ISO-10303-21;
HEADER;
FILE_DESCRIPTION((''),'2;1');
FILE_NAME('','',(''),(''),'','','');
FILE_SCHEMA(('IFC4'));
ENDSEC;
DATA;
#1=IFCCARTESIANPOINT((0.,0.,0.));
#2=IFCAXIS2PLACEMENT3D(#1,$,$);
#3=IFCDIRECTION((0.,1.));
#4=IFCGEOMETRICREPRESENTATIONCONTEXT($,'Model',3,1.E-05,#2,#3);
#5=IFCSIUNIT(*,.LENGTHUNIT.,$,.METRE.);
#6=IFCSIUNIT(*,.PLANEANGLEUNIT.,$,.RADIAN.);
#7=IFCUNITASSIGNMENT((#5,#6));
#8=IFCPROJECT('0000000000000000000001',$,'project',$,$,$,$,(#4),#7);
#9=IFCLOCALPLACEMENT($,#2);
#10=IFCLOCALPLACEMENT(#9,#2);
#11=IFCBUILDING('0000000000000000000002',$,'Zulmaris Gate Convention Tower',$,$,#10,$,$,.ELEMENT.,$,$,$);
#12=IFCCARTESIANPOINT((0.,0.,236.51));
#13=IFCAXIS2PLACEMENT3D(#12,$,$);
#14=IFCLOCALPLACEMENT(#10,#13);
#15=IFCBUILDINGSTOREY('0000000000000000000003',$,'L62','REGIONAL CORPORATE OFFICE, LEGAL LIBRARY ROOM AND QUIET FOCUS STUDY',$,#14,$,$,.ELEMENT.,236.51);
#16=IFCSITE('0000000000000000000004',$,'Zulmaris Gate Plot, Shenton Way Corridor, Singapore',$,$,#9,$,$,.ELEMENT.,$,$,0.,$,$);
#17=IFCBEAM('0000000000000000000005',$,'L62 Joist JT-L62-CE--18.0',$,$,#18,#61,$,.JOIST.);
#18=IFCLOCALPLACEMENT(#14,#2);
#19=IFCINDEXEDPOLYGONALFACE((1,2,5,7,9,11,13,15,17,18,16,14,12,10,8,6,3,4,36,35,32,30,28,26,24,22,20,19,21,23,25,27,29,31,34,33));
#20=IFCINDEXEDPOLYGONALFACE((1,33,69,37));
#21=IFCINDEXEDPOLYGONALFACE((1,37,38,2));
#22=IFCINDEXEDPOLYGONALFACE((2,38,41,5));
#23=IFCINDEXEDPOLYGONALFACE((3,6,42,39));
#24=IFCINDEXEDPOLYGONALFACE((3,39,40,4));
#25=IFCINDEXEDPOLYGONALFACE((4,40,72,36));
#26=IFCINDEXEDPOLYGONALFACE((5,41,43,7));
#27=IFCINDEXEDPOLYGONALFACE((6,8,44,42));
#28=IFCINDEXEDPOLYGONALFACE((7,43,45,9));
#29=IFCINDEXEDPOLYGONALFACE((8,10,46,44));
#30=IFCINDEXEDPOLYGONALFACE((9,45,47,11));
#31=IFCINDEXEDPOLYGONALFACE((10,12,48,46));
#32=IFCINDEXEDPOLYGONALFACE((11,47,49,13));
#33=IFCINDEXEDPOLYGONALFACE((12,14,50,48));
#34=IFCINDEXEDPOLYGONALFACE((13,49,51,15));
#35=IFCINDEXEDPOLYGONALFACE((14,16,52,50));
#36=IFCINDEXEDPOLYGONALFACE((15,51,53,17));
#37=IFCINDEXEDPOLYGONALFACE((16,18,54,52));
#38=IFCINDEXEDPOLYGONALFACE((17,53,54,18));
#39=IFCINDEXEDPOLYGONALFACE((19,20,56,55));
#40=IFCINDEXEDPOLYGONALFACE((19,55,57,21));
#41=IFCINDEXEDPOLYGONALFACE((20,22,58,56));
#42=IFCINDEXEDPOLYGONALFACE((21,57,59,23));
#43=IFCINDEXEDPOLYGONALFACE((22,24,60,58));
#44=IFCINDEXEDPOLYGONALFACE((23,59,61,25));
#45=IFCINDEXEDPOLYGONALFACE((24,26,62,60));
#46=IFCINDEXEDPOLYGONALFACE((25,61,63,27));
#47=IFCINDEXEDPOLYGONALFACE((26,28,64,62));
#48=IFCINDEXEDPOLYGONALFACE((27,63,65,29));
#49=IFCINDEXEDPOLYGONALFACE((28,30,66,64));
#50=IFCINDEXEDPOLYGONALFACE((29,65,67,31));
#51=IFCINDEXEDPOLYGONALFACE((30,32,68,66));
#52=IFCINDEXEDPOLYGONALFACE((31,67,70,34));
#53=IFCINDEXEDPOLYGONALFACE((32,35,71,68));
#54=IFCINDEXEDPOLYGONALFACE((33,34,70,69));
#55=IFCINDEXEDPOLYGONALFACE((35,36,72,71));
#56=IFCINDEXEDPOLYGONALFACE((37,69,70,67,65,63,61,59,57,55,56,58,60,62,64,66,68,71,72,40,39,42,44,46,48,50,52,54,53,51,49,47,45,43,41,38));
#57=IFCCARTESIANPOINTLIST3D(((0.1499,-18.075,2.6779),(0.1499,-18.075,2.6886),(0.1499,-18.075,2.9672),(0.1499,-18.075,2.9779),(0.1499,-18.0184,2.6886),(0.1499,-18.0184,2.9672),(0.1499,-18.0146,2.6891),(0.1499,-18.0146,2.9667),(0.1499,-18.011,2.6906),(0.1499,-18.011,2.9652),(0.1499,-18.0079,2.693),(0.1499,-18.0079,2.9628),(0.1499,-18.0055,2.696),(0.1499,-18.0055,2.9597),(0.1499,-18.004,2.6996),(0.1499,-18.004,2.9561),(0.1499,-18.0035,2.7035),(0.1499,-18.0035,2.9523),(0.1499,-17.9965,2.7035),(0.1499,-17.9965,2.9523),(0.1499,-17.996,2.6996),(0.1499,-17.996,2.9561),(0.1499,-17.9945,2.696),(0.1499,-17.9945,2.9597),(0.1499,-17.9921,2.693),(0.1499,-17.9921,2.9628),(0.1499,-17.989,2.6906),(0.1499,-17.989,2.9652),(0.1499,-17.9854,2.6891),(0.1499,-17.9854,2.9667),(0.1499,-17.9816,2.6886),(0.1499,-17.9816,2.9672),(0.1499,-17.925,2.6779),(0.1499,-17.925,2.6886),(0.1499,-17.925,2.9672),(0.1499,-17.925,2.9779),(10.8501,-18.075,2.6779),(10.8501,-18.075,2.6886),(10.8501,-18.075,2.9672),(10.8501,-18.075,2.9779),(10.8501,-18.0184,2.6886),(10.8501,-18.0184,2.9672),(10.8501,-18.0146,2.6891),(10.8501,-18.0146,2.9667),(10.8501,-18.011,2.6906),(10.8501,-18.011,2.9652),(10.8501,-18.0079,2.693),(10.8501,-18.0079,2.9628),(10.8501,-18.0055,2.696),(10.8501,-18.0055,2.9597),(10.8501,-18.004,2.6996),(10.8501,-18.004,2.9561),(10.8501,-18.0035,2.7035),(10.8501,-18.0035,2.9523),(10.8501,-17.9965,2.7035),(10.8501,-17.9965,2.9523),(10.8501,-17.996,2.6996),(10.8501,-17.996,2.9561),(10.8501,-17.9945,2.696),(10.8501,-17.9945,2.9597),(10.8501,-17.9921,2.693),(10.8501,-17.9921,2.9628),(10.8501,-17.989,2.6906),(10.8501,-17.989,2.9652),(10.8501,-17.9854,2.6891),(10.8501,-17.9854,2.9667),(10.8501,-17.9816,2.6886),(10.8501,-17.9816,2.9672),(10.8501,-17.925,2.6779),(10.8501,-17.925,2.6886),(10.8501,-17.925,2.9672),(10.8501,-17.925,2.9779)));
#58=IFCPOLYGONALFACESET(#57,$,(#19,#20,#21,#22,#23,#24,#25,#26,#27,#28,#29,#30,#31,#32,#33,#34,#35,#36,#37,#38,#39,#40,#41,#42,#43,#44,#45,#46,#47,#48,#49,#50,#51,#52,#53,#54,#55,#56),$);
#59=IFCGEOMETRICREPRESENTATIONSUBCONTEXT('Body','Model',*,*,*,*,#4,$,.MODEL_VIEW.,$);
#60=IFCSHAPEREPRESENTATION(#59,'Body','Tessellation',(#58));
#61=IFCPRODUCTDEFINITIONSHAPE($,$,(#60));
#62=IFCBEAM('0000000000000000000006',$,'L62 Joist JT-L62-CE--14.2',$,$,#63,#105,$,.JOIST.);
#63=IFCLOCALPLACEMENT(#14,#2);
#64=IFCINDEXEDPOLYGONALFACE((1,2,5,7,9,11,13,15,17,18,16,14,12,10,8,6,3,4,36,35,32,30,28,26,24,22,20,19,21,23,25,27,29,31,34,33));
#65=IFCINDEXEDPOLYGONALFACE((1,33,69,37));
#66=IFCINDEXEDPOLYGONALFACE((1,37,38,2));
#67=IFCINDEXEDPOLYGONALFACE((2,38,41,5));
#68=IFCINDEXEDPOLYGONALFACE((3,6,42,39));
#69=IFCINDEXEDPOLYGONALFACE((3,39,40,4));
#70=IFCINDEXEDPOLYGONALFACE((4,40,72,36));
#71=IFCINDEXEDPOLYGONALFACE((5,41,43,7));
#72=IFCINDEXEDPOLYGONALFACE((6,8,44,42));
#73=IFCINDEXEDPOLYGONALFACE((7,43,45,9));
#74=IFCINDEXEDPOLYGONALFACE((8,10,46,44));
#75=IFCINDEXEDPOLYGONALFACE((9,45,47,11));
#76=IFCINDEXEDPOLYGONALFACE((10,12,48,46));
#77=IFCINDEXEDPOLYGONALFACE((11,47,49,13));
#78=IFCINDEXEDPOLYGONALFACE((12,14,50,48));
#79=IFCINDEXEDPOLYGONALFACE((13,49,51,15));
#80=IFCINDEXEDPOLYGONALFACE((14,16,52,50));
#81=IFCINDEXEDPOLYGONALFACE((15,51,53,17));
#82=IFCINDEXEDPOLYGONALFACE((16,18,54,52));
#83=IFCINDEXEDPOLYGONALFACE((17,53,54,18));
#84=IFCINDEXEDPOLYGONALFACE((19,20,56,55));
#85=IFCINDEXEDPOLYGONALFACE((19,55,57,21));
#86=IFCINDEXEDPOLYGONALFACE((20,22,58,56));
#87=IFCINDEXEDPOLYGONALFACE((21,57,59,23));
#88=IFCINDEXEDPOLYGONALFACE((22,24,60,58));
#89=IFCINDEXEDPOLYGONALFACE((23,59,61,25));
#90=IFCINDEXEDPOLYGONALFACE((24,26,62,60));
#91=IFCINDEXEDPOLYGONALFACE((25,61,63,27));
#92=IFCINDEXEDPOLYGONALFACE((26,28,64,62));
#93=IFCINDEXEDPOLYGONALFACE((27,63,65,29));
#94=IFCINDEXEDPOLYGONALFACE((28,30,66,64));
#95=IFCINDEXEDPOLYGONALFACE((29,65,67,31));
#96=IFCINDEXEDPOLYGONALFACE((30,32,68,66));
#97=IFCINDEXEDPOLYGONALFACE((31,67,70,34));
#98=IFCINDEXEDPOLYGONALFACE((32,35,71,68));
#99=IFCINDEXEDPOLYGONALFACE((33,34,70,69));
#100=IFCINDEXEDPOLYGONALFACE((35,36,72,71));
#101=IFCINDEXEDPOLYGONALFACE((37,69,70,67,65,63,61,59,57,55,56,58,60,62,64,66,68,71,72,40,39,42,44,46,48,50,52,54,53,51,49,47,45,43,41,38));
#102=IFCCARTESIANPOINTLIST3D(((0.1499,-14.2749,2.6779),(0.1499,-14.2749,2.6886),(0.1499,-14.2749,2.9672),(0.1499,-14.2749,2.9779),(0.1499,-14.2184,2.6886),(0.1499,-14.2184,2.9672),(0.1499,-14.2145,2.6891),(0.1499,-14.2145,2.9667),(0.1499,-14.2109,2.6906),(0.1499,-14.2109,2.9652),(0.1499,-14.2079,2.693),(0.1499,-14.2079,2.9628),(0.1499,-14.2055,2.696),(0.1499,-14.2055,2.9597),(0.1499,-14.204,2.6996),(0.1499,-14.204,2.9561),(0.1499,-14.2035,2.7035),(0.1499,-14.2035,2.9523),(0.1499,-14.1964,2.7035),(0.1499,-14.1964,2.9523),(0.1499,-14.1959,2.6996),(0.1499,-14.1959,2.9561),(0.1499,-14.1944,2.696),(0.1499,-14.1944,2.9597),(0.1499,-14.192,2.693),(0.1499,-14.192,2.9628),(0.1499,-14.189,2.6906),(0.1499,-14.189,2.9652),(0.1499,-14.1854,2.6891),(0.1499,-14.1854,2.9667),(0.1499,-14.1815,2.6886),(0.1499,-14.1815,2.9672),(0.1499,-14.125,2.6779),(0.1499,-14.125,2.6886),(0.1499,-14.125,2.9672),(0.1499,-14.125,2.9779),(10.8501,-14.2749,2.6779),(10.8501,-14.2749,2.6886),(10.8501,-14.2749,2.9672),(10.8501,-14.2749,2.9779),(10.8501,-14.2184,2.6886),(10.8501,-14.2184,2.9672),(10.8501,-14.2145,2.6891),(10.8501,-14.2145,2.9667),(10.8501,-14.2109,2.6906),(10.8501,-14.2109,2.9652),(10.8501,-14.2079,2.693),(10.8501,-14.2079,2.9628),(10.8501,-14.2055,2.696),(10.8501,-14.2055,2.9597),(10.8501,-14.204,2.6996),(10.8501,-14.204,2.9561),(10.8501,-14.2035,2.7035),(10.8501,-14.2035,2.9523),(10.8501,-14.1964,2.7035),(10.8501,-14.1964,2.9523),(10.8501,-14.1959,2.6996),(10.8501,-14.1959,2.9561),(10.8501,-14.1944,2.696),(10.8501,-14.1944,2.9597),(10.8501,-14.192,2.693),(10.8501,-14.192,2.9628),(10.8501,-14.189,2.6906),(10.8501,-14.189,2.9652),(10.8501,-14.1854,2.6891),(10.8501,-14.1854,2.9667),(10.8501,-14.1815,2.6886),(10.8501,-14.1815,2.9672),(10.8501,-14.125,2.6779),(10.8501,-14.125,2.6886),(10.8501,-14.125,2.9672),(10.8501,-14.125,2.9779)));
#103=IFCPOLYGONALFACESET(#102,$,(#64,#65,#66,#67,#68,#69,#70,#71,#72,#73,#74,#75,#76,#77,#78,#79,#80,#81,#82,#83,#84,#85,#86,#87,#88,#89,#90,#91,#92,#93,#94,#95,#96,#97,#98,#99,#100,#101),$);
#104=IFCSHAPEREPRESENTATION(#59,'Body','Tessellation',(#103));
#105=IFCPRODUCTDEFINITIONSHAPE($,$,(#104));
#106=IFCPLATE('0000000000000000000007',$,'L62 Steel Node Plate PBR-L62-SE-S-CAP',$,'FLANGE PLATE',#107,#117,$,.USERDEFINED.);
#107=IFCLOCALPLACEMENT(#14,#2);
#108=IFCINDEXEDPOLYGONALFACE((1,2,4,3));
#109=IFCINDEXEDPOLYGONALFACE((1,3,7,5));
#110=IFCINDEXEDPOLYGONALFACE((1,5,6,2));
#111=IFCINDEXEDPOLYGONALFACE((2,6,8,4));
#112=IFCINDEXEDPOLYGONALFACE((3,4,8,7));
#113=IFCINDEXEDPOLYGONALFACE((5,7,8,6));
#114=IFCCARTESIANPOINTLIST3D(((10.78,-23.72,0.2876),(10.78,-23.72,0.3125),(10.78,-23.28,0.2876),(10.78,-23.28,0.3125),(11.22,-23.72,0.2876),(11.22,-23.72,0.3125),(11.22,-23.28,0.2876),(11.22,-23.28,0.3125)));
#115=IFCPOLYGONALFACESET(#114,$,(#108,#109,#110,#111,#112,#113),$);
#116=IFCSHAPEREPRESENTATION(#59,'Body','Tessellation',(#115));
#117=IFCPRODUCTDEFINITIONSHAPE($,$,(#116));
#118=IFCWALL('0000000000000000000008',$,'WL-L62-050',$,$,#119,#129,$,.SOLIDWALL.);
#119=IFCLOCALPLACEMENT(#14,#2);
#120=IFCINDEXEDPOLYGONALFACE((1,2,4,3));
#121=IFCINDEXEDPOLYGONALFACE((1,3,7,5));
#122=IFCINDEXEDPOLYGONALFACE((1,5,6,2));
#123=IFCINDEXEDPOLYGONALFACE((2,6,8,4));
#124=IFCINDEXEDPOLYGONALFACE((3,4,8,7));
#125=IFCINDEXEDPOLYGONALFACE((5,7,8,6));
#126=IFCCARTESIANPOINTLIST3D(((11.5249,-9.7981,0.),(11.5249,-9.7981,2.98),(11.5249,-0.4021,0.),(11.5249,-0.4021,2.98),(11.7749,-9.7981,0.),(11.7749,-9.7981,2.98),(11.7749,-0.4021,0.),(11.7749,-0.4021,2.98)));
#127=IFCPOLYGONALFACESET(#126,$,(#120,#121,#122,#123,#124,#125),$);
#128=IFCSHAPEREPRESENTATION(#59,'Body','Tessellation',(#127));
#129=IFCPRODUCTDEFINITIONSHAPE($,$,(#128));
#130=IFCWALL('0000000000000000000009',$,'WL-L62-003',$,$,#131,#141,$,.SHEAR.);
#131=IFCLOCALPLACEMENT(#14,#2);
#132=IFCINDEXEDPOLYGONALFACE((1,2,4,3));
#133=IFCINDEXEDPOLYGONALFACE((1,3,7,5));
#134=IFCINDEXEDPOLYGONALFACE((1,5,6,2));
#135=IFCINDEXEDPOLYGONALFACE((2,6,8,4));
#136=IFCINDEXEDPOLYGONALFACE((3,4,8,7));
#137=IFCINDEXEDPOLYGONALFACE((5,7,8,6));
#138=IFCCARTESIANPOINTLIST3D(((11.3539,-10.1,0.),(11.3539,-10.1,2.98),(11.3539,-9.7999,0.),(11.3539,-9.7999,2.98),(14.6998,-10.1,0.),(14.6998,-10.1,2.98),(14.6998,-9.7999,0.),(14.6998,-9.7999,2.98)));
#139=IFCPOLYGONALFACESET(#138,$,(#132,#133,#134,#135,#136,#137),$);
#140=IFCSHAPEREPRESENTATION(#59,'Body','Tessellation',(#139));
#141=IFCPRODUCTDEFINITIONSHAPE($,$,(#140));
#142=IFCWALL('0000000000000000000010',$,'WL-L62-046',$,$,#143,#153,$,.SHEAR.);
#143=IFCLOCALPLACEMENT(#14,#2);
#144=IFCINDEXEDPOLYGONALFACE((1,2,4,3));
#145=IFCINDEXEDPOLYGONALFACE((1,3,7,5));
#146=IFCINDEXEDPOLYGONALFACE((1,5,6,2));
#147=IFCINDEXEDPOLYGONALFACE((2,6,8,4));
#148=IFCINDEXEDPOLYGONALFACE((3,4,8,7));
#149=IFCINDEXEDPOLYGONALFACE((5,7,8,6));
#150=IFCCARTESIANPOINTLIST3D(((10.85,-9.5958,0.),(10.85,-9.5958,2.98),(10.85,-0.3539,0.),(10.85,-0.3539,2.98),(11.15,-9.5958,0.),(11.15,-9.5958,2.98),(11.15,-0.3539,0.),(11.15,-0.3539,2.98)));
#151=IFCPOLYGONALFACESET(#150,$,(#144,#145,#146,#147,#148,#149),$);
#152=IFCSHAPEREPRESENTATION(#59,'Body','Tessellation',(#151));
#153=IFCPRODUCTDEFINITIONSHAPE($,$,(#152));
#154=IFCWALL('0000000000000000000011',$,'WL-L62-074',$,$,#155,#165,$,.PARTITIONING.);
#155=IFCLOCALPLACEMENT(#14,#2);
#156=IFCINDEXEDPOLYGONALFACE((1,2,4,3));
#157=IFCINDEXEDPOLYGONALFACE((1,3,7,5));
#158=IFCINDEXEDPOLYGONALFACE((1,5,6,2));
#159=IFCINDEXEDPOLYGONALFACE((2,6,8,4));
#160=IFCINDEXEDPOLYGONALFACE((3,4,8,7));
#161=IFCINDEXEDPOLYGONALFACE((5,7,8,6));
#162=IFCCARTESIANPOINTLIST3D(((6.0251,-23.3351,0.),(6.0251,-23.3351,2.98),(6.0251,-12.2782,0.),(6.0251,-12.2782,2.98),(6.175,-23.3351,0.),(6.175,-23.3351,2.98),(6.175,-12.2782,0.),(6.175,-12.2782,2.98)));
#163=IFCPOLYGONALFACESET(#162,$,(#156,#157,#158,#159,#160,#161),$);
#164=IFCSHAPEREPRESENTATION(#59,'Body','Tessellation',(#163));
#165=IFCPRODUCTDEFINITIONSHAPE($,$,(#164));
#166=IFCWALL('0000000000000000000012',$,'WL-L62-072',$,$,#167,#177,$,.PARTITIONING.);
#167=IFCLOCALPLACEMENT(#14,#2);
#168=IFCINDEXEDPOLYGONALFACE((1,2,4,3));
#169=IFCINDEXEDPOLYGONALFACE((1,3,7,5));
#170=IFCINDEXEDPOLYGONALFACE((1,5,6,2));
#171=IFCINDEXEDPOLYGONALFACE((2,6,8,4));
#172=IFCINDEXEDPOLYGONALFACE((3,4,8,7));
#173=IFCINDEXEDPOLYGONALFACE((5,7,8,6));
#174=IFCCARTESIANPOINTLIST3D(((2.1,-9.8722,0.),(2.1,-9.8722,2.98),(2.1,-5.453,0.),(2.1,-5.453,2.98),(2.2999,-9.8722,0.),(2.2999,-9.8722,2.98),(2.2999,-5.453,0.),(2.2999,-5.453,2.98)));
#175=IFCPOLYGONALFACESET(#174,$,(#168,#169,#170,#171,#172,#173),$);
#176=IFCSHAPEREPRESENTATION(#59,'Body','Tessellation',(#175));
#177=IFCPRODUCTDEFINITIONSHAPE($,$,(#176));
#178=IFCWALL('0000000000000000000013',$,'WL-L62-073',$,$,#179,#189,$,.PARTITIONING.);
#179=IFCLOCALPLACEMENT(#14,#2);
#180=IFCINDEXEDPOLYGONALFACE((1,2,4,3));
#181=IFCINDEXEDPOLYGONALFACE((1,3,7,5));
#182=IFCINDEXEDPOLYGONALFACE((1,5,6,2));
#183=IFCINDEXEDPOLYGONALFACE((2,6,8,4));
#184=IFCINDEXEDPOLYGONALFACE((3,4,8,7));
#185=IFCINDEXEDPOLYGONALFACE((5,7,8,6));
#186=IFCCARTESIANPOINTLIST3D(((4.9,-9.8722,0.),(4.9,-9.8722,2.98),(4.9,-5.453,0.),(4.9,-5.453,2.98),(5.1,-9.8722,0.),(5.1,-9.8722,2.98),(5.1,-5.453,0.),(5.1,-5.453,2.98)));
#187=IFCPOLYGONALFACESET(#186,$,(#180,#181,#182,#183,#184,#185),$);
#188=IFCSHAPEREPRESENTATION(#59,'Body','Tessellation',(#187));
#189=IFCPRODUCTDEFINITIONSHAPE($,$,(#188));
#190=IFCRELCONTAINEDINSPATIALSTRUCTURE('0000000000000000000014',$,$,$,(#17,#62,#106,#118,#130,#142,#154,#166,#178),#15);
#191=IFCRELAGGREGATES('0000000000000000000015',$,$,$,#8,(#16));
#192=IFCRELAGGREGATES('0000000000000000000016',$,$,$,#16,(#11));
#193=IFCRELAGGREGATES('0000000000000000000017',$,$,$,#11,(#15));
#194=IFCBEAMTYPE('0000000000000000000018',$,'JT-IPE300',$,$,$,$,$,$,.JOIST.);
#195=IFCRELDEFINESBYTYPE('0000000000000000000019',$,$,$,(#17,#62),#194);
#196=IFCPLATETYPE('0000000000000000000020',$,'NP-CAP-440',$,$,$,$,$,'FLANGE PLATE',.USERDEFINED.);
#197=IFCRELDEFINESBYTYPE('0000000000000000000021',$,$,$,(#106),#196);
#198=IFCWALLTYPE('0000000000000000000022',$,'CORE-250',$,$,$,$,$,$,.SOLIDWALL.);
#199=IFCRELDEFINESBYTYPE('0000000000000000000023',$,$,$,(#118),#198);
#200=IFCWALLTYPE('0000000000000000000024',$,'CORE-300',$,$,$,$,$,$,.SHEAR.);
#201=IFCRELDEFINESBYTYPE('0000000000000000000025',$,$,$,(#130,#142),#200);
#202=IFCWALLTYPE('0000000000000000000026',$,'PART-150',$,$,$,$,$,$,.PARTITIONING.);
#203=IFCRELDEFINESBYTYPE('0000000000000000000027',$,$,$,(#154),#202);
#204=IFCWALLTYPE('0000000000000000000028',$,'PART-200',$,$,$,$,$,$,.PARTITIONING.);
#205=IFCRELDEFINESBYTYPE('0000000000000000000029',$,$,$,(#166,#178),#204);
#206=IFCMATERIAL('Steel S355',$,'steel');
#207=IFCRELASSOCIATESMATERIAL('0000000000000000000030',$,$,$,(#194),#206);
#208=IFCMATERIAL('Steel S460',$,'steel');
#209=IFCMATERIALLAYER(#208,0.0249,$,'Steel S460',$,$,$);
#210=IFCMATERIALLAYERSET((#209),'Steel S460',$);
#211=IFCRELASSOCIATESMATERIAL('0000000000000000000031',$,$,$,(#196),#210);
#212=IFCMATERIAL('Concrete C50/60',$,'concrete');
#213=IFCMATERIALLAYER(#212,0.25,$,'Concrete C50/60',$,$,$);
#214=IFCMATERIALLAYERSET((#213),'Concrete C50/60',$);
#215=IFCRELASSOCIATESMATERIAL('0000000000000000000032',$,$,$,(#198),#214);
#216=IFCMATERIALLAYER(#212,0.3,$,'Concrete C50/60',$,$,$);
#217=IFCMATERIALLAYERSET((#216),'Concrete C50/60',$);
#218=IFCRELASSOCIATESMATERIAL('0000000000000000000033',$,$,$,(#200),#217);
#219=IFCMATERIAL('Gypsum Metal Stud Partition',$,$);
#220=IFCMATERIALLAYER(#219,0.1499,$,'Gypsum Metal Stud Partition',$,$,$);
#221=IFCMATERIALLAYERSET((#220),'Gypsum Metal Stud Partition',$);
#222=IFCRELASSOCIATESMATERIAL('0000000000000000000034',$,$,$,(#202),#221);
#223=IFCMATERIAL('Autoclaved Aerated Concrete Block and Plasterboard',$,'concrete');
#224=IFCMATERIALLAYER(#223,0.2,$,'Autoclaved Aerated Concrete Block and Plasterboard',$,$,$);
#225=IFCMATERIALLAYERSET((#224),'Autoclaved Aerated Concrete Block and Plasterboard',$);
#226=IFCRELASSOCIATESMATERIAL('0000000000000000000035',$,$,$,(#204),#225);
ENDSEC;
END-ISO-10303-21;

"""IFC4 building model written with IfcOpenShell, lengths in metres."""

from ifc_helpers import new_model, si_unit, direction, frame, frame_2d, origin, origin_2d, place, context, subcontext, project, spatial, rectangle, i_section, extrude, material, layer, layer_set, material_profile, profile_set, type_object, element, save


model = new_model("IFC4")

# Units and contexts
model_context = context("Model", 3, precision=1e-05, world=origin(), true_north=direction((0.0, 1.0)))
body_context = subcontext(model_context, "Body", "Model", "MODEL_VIEW")
ifc_project = project(units=[si_unit("LENGTHUNIT", "METRE"), si_unit("PLANEANGLEUNIT", "RADIAN")], contexts=[model_context])

# Site, building, storey
site_placement = place(None, origin())
site = spatial("IfcSite", under=ifc_project, at=site_placement, Name="Zulmaris Gate Plot, Shenton Way Corridor, Singapore", CompositionType="ELEMENT", RefElevation=0.0)
building_placement = place(site_placement, origin())
building = spatial("IfcBuilding", under=site, at=building_placement, Name="Zulmaris Gate Convention Tower", CompositionType="ELEMENT")
storey_placement = place(building_placement, frame((0.0, 0.0, 236.51)))
storey = spatial("IfcBuildingStorey", under=building, at=storey_placement, Name="L62", Description="REGIONAL CORPORATE OFFICE, LEGAL LIBRARY ROOM AND QUIET FOCUS STUDY", CompositionType="ELEMENT", Elevation=236.51)

# Shared definitions
ifc_material_1 = material(Name="Concrete C50/60", Category="concrete")

# Shared definitions
ifc_material_2 = material(Name="Steel S355", Category="steel")

# Beams
ifc_material_profile_1 = material_profile(ifc_material_2, i_section(OverallWidth=0.1499, OverallDepth=0.3, WebThickness=0.0071, FlangeThickness=0.0107, FilletRadius=0.0149, at=origin_2d()), Name="IPE 300")
ifc_profile_set_1 = profile_set([ifc_material_profile_1], Name="Steel S355")
beam_type_1 = type_object("IfcBeamType", Name="JT-IPE300", PredefinedType="JOIST", material=ifc_profile_set_1)
for number, where, z_axis, x_axis, name in (
    (1, (0.1499, -18.0, 2.8279), (1.0, 0.0, 0.0), (0.0, 1.0, 0.0), "L62 Joist JT-L62-CE--18.0"),
    (2, (0.1499, -14.2, 2.8279), (1.0, 0.0, 0.0), (0.0, 1.0, 0.0), "L62 Joist JT-L62-CE--14.2"),
):
    element("IfcBeam", number, at=place(storey_placement, frame(where, z_axis=z_axis, x_axis=x_axis)), inside=storey, type_object=beam_type_1, Name=name, PredefinedType="JOIST", context=body_context, shape_type="SweptSolid", body=[
        extrude(i_section(OverallWidth=0.1499, OverallDepth=0.3, WebThickness=0.0071, FlangeThickness=0.0107, FilletRadius=0.0149, at=origin_2d()), origin(), (0.0, 0.0, 1.0), 10.7002),
    ])

# Plate
ifc_material_3 = material(Name="Steel S460", Category="steel")
ifc_layer_1 = layer(ifc_material_3, 0.0249, Name="Steel S460")
ifc_layer_set_1 = layer_set([ifc_layer_1], Name="Steel S460")
plate_type = type_object("IfcPlateType", Name="NP-CAP-440", ElementType="FLANGE PLATE", PredefinedType="USERDEFINED", material=ifc_layer_set_1)
plate_placement = place(storey_placement, frame((11.0, -23.5, 0.2876), z_axis=(0.0, 0.0, 1.0), x_axis=(1.0, 0.0, 0.0)))
element("IfcPlate", 3, at=plate_placement, inside=storey, type_object=plate_type, Name="L62 Steel Node Plate PBR-L62-SE-S-CAP", ObjectType="FLANGE PLATE", PredefinedType="USERDEFINED", context=body_context, shape_type="SweptSolid", body=[
    extrude(rectangle(XDim=0.4399, YDim=0.4399, at=origin_2d()), origin(), (0.0, 0.0, 1.0), 0.0249),
])

# Walls
ifc_layer_2 = layer(ifc_material_1, 0.25, Name="Concrete C50/60")
ifc_layer_set_2 = layer_set([ifc_layer_2], Name="Concrete C50/60")
wall_type_1 = type_object("IfcWallType", Name="CORE-250", PredefinedType="SOLIDWALL", material=ifc_layer_set_2)
wall_1_placement = place(storey_placement, frame((11.6499, -9.7981, 0.0), z_axis=(0.0, 0.0, 1.0), x_axis=(0.0, 1.0, 0.0)))
element("IfcWall", 4, at=wall_1_placement, inside=storey, type_object=wall_type_1, Name="WL-L62-050", PredefinedType="SOLIDWALL", context=body_context, shape_type="SweptSolid", body=[
    extrude(rectangle(XDim=9.396, YDim=0.25, at=frame_2d((4.698, 0.0))), origin(), (0.0, 0.0, 1.0), 2.98),
])
ifc_layer_3 = layer(ifc_material_1, 0.3, Name="Concrete C50/60")
ifc_layer_set_3 = layer_set([ifc_layer_3], Name="Concrete C50/60")
wall_type_2 = type_object("IfcWallType", Name="CORE-300", PredefinedType="SHEAR", material=ifc_layer_set_3)
wall_2_placement = place(storey_placement, frame((11.354, -9.95, 0.0), z_axis=(0.0, 0.0, 1.0), x_axis=(1.0, 0.0, 0.0)))
element("IfcWall", 5, at=wall_2_placement, inside=storey, type_object=wall_type_2, Name="WL-L62-003", PredefinedType="SHEAR", context=body_context, shape_type="SweptSolid", body=[
    extrude(rectangle(XDim=3.3459, YDim=0.3, at=frame_2d((1.6729, 0.0))), origin(), (0.0, 0.0, 1.0), 2.98),
])
wall_3_placement = place(storey_placement, frame((11.0, -9.5959, 0.0), z_axis=(0.0, 0.0, 1.0), x_axis=(0.0, 1.0, 0.0)))
element("IfcWall", 6, at=wall_3_placement, inside=storey, type_object=wall_type_2, Name="WL-L62-046", PredefinedType="SHEAR", context=body_context, shape_type="SweptSolid", body=[
    extrude(rectangle(XDim=9.2419, YDim=0.3, at=frame_2d((4.6211, 0.0))), origin(), (0.0, 0.0, 1.0), 2.98),
])
ifc_material_4 = material(Name="Gypsum Metal Stud Partition")
ifc_layer_4 = layer(ifc_material_4, 0.1499, Name="Gypsum Metal Stud Partition")
ifc_layer_set_4 = layer_set([ifc_layer_4], Name="Gypsum Metal Stud Partition")
wall_type_3 = type_object("IfcWallType", Name="PART-150", PredefinedType="PARTITIONING", material=ifc_layer_set_4)
wall_4_placement = place(storey_placement, frame((6.1001, -23.335, 0.0), z_axis=(0.0, 0.0, 1.0), x_axis=(0.0, 1.0, 0.0)))
element("IfcWall", 7, at=wall_4_placement, inside=storey, type_object=wall_type_3, Name="WL-L62-074", PredefinedType="PARTITIONING", context=body_context, shape_type="SweptSolid", body=[
    extrude(rectangle(XDim=11.0569, YDim=0.1499, at=frame_2d((5.5283, 0.0))), origin(), (0.0, 0.0, 1.0), 2.98),
])
ifc_material_5 = material(Name="Autoclaved Aerated Concrete Block and Plasterboard", Category="concrete")
ifc_layer_5 = layer(ifc_material_5, 0.2, Name="Autoclaved Aerated Concrete Block and Plasterboard")
ifc_layer_set_5 = layer_set([ifc_layer_5], Name="Autoclaved Aerated Concrete Block and Plasterboard")
wall_type_4 = type_object("IfcWallType", Name="PART-200", PredefinedType="PARTITIONING", material=ifc_layer_set_5)
for number, where, z_axis, x_axis, name in (
    (8, (2.2, -9.8721, 0.0), (0.0, 0.0, 1.0), (0.0, 1.0, 0.0), "WL-L62-072"),
    (9, (5.0, -9.8721, 0.0), (0.0, 0.0, 1.0), (0.0, 1.0, 0.0), "WL-L62-073"),
):
    element("IfcWall", number, at=place(storey_placement, frame(where, z_axis=z_axis, x_axis=x_axis)), inside=storey, type_object=wall_type_4, Name=name, PredefinedType="PARTITIONING", context=body_context, shape_type="SweptSolid", body=[
        extrude(rectangle(XDim=4.4192, YDim=0.2, at=frame_2d((2.2095, 0.0))), origin(), (0.0, 0.0, 1.0), 2.98),
    ])

save(model, "model.ifc")
